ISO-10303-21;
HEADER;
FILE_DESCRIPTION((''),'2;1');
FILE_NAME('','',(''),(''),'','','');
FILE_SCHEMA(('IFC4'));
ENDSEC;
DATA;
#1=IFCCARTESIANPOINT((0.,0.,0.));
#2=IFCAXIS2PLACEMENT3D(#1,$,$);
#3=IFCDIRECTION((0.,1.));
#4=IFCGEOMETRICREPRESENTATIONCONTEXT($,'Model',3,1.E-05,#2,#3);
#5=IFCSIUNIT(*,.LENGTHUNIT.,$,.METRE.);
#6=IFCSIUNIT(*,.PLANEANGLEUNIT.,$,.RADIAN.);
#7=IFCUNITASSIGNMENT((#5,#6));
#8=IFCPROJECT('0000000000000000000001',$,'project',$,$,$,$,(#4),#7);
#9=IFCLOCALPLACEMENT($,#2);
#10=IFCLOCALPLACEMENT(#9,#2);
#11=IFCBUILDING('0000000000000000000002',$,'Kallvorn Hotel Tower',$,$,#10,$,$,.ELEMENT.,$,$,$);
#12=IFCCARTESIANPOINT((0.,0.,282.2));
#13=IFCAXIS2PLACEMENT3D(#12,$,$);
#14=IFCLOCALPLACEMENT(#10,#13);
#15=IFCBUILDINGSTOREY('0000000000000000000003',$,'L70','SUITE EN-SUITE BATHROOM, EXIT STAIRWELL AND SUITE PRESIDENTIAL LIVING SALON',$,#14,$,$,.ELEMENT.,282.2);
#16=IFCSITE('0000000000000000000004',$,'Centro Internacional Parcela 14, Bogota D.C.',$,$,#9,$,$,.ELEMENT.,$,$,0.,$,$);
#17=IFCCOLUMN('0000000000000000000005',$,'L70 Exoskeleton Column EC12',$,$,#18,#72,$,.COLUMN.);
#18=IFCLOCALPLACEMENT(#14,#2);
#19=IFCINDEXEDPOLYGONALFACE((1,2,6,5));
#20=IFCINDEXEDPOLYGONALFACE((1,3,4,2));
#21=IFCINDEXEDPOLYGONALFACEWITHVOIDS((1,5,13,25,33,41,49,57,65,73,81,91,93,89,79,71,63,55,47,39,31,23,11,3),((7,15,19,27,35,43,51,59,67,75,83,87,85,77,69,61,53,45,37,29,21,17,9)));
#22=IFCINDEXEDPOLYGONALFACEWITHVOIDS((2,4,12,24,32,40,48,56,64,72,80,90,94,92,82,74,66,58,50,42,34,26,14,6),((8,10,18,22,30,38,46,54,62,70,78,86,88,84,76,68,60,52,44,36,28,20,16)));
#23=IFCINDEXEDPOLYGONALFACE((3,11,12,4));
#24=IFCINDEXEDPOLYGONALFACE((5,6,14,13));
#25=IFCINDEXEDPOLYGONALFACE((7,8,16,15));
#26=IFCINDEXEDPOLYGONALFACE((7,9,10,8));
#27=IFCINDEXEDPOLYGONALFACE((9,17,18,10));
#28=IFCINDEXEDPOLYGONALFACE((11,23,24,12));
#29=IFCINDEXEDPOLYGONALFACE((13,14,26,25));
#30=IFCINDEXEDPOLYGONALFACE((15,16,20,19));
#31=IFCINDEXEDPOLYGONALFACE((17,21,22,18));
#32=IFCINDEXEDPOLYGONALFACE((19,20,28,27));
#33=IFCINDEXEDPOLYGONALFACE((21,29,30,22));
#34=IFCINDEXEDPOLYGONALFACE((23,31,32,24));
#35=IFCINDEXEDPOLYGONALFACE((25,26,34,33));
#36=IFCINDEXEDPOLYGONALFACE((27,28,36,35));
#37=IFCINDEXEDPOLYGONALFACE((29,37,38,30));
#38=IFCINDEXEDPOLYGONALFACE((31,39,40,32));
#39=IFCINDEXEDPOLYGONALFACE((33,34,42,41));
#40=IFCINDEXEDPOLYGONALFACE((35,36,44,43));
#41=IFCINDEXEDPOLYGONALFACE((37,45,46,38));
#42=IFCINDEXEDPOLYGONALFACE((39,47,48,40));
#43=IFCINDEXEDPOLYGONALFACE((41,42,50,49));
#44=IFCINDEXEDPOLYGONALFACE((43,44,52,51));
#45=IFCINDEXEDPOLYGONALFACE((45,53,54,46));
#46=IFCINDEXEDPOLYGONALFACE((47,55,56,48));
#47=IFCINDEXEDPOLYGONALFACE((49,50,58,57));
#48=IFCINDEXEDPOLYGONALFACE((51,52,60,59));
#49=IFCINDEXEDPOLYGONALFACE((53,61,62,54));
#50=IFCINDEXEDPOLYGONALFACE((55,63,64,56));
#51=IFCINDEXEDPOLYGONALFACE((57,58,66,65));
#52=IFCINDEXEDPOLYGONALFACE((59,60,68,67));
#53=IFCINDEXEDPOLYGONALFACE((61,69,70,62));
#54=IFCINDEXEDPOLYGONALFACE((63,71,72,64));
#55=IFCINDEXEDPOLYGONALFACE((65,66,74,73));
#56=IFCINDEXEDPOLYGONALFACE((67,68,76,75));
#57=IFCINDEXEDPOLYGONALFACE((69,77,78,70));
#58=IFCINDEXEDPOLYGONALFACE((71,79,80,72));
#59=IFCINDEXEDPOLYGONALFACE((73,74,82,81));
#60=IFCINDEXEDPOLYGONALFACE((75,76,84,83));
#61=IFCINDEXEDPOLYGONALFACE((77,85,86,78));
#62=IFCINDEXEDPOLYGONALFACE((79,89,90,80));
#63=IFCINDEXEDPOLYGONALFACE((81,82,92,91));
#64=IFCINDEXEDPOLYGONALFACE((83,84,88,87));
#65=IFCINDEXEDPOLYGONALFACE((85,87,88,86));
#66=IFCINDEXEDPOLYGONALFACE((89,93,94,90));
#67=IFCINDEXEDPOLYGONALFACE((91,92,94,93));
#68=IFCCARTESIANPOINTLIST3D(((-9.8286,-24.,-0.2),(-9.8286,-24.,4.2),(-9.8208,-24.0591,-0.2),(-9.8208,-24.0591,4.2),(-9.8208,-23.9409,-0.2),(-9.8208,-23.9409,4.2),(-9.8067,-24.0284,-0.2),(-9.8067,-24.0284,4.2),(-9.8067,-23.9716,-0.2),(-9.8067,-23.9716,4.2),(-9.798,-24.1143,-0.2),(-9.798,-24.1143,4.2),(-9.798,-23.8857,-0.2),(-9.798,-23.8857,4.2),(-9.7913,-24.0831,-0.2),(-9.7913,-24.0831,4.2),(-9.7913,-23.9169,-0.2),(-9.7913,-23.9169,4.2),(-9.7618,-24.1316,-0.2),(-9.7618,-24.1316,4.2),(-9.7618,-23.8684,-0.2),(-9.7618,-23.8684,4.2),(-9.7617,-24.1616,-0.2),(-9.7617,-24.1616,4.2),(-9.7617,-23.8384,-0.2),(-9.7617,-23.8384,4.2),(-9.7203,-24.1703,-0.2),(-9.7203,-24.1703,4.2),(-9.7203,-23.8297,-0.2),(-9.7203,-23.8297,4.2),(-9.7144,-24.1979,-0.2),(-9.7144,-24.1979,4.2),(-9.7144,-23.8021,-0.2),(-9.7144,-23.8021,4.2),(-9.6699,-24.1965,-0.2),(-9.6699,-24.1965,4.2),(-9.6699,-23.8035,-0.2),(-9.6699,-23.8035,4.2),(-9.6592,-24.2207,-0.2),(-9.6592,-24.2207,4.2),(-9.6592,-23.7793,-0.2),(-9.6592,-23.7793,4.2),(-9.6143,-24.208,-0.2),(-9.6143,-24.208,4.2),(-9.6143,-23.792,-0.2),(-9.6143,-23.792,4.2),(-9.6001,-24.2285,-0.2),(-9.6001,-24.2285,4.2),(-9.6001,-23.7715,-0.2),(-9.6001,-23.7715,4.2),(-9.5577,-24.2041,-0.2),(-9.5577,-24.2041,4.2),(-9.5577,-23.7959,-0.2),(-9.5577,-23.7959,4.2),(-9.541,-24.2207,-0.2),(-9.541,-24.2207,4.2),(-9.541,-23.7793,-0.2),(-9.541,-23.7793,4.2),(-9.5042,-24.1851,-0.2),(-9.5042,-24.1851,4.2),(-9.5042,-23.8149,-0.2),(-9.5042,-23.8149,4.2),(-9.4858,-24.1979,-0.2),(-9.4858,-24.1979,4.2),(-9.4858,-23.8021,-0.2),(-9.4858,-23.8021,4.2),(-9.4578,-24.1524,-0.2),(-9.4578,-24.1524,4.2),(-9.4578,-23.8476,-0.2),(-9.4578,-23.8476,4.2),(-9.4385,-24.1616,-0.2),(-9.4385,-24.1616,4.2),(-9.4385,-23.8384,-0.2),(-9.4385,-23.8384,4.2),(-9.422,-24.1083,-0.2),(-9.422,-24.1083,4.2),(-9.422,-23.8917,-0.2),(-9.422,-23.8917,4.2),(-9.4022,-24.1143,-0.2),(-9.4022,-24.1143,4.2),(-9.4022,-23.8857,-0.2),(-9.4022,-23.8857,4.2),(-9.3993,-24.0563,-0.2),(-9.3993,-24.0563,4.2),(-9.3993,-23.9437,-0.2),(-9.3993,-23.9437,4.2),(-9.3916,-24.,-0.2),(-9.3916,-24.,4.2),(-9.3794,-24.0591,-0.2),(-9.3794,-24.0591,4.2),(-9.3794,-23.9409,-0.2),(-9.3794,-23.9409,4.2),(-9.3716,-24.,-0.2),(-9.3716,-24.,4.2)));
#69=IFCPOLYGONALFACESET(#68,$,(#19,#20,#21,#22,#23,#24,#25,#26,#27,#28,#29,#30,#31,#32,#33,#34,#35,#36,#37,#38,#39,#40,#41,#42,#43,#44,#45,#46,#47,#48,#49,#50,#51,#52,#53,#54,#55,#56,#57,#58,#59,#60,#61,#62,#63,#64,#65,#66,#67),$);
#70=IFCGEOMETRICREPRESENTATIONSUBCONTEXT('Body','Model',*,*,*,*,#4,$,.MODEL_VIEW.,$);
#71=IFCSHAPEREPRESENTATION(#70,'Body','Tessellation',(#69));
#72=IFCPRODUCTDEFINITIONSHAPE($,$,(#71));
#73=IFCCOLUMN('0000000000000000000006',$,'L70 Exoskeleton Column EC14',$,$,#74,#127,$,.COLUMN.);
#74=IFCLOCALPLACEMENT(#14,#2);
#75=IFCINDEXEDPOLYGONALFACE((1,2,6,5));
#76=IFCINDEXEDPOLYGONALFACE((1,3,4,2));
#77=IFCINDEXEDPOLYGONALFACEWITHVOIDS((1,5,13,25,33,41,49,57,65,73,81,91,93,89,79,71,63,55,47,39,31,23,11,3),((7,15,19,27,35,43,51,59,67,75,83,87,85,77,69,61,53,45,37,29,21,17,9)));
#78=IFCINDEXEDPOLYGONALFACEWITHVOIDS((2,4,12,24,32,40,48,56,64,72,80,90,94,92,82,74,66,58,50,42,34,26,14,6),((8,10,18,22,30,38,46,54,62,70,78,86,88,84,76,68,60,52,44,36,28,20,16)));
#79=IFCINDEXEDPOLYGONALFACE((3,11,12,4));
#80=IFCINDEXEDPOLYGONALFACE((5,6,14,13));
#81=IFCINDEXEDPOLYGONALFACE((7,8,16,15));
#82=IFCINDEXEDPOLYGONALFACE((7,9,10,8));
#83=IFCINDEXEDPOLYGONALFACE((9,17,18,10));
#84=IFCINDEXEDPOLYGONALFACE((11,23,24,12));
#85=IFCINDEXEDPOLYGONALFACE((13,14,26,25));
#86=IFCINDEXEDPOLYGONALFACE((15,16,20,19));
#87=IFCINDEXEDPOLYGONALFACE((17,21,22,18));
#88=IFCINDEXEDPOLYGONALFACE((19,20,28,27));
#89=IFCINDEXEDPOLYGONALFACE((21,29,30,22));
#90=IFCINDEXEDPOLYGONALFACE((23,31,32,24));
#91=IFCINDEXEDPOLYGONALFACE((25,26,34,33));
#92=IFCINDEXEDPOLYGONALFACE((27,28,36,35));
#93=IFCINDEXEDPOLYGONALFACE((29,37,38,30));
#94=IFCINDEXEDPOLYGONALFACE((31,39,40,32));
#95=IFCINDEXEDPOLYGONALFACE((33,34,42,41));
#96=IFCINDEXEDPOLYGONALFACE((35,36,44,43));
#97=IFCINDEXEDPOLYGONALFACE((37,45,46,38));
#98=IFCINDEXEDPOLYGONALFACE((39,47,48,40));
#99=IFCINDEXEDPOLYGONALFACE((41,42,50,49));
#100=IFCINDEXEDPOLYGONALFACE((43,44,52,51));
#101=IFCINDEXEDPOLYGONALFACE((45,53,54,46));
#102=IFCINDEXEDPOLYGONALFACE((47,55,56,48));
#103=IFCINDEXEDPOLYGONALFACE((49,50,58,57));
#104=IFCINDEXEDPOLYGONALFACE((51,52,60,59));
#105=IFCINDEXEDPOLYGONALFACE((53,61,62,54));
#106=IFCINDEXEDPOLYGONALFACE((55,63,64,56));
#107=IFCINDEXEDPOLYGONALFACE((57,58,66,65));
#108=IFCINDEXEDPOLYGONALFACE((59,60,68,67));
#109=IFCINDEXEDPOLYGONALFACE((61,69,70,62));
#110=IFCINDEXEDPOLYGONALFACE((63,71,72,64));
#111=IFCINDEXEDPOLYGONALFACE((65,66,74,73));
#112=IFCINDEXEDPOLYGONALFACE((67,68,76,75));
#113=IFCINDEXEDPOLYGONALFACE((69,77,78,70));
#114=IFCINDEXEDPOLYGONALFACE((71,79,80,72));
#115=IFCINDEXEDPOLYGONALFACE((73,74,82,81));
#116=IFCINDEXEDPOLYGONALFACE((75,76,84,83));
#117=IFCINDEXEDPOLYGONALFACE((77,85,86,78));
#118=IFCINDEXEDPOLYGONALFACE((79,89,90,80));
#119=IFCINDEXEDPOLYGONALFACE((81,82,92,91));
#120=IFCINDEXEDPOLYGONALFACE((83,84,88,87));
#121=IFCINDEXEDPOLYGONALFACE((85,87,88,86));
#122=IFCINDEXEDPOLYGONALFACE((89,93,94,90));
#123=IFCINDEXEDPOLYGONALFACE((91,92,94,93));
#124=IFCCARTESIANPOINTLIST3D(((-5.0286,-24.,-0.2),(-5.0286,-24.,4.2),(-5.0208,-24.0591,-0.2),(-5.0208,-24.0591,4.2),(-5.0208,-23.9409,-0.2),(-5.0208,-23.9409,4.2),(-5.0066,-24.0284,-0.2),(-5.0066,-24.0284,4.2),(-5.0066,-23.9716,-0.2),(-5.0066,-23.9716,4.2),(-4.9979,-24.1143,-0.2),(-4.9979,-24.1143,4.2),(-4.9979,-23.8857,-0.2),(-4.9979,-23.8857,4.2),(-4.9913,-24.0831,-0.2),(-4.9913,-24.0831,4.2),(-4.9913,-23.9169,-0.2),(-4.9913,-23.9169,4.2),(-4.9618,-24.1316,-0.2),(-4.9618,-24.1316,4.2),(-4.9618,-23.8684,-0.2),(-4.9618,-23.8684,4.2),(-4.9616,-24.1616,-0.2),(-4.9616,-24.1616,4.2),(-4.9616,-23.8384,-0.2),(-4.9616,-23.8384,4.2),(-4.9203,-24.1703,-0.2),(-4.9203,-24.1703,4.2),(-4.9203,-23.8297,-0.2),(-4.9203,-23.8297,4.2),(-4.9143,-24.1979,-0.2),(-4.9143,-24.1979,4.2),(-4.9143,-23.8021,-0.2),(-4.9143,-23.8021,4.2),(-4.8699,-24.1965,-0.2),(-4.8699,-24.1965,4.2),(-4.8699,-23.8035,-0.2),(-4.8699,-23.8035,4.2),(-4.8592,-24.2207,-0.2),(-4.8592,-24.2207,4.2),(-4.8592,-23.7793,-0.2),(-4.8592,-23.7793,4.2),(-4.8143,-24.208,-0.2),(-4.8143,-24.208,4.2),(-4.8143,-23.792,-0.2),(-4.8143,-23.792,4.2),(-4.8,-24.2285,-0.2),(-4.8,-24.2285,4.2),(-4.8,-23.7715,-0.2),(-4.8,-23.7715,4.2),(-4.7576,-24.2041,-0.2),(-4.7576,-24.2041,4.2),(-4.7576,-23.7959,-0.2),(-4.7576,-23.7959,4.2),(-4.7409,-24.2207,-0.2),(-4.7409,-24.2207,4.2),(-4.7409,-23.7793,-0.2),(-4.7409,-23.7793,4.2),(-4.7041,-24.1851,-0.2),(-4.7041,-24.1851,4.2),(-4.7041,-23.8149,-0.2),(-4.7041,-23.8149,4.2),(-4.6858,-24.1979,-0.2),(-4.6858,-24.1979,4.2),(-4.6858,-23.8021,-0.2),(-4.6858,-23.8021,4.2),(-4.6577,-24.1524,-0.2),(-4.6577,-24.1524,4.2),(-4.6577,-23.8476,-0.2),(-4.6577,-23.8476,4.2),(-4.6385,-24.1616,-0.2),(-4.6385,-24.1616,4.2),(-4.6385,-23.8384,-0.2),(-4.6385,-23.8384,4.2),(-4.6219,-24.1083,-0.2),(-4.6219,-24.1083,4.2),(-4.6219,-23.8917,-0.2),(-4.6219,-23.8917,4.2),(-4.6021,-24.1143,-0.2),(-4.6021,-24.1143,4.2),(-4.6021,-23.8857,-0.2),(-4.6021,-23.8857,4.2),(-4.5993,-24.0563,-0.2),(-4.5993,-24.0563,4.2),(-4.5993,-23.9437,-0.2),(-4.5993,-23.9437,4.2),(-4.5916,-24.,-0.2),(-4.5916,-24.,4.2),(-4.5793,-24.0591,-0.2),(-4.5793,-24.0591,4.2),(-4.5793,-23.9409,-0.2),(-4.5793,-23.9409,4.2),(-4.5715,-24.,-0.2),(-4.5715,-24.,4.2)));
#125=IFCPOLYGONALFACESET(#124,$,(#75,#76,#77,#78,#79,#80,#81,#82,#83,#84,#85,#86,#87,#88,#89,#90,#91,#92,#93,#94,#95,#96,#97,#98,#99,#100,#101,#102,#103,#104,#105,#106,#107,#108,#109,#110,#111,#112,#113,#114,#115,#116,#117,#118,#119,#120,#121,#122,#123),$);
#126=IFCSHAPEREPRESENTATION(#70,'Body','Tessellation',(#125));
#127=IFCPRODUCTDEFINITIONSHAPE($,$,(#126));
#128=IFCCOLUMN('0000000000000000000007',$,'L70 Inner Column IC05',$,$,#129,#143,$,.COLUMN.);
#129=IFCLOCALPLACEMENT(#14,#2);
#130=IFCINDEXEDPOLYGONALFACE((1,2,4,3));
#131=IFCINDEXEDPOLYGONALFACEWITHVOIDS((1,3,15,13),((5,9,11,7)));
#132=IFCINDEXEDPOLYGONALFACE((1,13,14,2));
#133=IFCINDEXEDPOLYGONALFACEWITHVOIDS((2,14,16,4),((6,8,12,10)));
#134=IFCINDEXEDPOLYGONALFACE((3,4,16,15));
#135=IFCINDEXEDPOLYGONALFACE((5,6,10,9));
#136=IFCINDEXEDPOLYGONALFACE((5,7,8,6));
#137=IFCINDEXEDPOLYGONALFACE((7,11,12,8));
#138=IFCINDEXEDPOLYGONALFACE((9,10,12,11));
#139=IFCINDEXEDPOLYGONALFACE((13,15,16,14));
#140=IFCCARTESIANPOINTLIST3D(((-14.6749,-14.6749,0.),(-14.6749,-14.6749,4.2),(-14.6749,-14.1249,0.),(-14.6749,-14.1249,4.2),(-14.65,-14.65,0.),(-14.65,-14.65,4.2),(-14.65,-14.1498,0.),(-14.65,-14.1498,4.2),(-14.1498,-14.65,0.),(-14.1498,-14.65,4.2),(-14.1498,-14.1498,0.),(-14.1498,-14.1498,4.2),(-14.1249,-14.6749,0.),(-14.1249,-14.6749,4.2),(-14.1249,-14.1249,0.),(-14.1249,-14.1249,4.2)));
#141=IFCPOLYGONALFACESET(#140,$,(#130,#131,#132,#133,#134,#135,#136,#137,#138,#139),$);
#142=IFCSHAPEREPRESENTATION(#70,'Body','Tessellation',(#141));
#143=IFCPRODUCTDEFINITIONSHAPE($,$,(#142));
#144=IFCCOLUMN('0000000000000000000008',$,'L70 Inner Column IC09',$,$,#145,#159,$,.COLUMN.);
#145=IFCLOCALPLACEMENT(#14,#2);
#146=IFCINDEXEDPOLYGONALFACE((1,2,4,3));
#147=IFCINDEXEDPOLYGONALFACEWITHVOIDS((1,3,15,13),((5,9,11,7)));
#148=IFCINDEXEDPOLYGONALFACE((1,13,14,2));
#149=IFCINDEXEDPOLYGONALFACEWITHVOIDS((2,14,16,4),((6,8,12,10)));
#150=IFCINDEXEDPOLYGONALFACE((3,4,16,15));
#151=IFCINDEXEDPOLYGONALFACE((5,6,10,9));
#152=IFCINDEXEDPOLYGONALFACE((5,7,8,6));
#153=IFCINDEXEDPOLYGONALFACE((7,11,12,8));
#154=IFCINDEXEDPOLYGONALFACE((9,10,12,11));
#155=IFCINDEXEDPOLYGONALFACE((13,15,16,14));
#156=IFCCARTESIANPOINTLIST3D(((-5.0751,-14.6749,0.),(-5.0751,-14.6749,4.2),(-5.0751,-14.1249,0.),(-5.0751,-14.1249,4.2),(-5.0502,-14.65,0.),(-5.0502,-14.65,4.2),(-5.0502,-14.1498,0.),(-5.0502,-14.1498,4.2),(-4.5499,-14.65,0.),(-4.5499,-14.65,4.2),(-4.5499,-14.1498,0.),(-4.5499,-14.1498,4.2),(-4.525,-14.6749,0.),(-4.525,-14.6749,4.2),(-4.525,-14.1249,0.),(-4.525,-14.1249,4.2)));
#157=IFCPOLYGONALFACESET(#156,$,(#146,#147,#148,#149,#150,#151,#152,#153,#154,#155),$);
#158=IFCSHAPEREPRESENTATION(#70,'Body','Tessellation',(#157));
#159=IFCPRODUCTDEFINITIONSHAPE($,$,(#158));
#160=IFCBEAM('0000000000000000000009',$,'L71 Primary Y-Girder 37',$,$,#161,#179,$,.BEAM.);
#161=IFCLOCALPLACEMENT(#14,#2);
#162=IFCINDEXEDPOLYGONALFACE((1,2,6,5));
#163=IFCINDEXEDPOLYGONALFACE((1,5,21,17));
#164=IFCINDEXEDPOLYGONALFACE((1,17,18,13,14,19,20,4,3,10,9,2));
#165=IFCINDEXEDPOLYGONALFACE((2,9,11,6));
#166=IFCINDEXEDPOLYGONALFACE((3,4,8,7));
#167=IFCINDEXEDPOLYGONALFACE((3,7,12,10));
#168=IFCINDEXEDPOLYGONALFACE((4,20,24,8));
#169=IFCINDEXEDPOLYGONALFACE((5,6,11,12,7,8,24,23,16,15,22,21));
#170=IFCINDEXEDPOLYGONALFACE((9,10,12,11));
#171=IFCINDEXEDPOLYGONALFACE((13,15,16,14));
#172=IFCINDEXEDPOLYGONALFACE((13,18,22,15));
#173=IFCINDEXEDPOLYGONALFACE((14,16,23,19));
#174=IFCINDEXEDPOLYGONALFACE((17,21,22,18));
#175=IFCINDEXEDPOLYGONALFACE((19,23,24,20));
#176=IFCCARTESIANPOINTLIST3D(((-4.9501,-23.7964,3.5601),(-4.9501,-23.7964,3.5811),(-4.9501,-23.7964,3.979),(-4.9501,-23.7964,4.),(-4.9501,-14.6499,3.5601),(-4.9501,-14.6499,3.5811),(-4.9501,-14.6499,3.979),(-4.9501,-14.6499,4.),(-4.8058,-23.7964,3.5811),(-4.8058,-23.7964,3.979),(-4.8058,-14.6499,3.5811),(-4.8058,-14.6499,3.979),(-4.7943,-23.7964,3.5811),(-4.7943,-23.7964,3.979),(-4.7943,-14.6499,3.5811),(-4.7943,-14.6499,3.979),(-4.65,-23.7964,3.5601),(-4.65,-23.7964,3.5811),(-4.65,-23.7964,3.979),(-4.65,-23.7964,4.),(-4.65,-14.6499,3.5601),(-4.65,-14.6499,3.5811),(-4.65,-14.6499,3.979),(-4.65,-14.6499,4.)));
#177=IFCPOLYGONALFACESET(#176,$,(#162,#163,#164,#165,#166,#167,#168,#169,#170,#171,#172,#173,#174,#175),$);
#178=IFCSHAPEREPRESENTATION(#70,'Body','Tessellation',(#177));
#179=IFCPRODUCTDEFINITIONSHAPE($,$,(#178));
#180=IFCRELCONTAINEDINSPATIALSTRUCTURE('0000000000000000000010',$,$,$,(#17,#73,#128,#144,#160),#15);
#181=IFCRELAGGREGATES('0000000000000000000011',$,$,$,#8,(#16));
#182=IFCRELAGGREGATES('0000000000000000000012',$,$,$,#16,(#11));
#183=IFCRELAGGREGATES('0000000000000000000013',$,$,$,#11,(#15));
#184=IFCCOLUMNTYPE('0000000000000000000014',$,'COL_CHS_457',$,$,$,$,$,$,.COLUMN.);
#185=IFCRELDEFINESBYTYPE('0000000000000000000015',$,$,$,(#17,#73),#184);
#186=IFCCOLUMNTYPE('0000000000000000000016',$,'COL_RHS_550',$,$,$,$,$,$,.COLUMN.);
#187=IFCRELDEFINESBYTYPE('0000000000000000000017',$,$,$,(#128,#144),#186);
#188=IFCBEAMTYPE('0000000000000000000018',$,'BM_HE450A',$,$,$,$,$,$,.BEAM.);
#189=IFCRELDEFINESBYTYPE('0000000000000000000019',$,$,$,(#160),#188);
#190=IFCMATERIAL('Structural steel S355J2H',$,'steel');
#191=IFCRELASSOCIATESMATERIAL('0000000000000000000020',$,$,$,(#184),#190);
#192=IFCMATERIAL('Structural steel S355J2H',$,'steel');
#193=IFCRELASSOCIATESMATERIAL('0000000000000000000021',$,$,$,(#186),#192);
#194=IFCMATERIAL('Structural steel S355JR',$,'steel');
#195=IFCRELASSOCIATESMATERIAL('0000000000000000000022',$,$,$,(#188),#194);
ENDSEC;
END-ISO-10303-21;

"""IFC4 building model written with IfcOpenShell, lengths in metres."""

from ifc_helpers import new_model, si_unit, direction, frame, origin, origin_2d, place, context, subcontext, project, spatial, hollow_rectangle, hollow_circle, i_section, extrude, material, material_profile, profile_set, type_object, element, save


model = new_model("IFC4")

# Units and contexts
model_context = context("Model", 3, precision=1e-05, world=origin(), true_north=direction((0.0, 1.0)))
body_context = subcontext(model_context, "Body", "Model", "MODEL_VIEW")
ifc_project = project(units=[si_unit("LENGTHUNIT", "METRE"), si_unit("PLANEANGLEUNIT", "RADIAN")], contexts=[model_context])

# Site, building, storey
site_placement = place(None, origin())
site = spatial("IfcSite", under=ifc_project, at=site_placement, Name="Centro Internacional Parcela 14, Bogota D.C.", CompositionType="ELEMENT", RefElevation=0.0)
building_placement = place(site_placement, origin())
building = spatial("IfcBuilding", under=site, at=building_placement, Name="Kallvorn Hotel Tower", CompositionType="ELEMENT")
storey_placement = place(building_placement, frame((0.0, 0.0, 282.2)))
storey = spatial("IfcBuildingStorey", under=building, at=storey_placement, Name="L70", Description="SUITE EN-SUITE BATHROOM, EXIT STAIRWELL AND SUITE PRESIDENTIAL LIVING SALON", CompositionType="ELEMENT", Elevation=282.2)

# Columns
ifc_material_1 = material(Name="Structural steel S355J2H", Category="steel")
ifc_material_profile_1 = material_profile(ifc_material_1, hollow_circle(Radius=0.2285, WallThickness=0.02, at=origin_2d()), Name="CHS 457x20")
ifc_profile_set_1 = profile_set([ifc_material_profile_1], Name="Structural steel S355J2H")
column_type_1 = type_object("IfcColumnType", Name="COL_CHS_457", PredefinedType="COLUMN", material=ifc_profile_set_1)
for number, where, z_axis, x_axis, name in (
    (1, (-9.6001, -24.0, -0.2), (0.0, 0.0, 1.0), (1.0, 0.0, 0.0), "L70 Exoskeleton Column EC12"),
    (2, (-4.8, -24.0, -0.2), (0.0, 0.0, 1.0), (1.0, 0.0, 0.0), "L70 Exoskeleton Column EC14"),
):
    element("IfcColumn", number, at=place(storey_placement, frame(where, z_axis=z_axis, x_axis=x_axis)), inside=storey, type_object=column_type_1, Name=name, PredefinedType="COLUMN", context=body_context, shape_type="SweptSolid", body=[
        extrude(hollow_circle(Radius=0.2285, WallThickness=0.02, at=origin_2d()), origin(), (0.0, 0.0, 1.0), 4.3999),
    ])
ifc_material_2 = material(Name="Structural steel S355J2H", Category="steel")
ifc_material_profile_2 = material_profile(ifc_material_2, hollow_rectangle(XDim=0.55, YDim=0.55, WallThickness=0.0249, at=origin_2d()), Name="RHS 550x550x25")
ifc_profile_set_2 = profile_set([ifc_material_profile_2], Name="Structural steel S355J2H")
column_type_2 = type_object("IfcColumnType", Name="COL_RHS_550", PredefinedType="COLUMN", material=ifc_profile_set_2)
for number, where, z_axis, x_axis, name in (
    (3, (-14.3999, -14.3999, 0.0), (0.0, 0.0, 1.0), (1.0, 0.0, 0.0), "L70 Inner Column IC05"),
    (4, (-4.8, -14.3999, 0.0), (0.0, 0.0, 1.0), (1.0, 0.0, 0.0), "L70 Inner Column IC09"),
):
    element("IfcColumn", number, at=place(storey_placement, frame(where, z_axis=z_axis, x_axis=x_axis)), inside=storey, type_object=column_type_2, Name=name, PredefinedType="COLUMN", context=body_context, shape_type="SweptSolid", body=[
        extrude(hollow_rectangle(XDim=0.55, YDim=0.55, WallThickness=0.0249, at=origin_2d()), origin(), (0.0, 0.0, 1.0), 4.2),
    ])

# Beam
ifc_material_3 = material(Name="Structural steel S355JR", Category="steel")
ifc_material_profile_3 = material_profile(ifc_material_3, i_section(OverallWidth=0.3, OverallDepth=0.4399, WebThickness=0.0115, FlangeThickness=0.021, at=origin_2d()), Name="HE 450 A")
ifc_profile_set_3 = profile_set([ifc_material_profile_3], Name="Structural steel S355JR")
beam_type_1 = type_object("IfcBeamType", Name="BM_HE450A", PredefinedType="BEAM", material=ifc_profile_set_3)
beam_1_placement = place(storey_placement, frame((-4.8, -23.7964, 3.78), z_axis=(0.0, 1.0, 0.0), x_axis=(-1.0, 0.0, 0.0)))
element("IfcBeam", 5, at=beam_1_placement, inside=storey, type_object=beam_type_1, Name="L71 Primary Y-Girder 37", PredefinedType="BEAM", context=body_context, shape_type="SweptSolid", body=[
    extrude(i_section(OverallWidth=0.3, OverallDepth=0.4399, WebThickness=0.0115, FlangeThickness=0.021, at=origin_2d()), origin(), (0.0, 0.0, 1.0), 9.1465),
])

save(model, "model.ifc")
